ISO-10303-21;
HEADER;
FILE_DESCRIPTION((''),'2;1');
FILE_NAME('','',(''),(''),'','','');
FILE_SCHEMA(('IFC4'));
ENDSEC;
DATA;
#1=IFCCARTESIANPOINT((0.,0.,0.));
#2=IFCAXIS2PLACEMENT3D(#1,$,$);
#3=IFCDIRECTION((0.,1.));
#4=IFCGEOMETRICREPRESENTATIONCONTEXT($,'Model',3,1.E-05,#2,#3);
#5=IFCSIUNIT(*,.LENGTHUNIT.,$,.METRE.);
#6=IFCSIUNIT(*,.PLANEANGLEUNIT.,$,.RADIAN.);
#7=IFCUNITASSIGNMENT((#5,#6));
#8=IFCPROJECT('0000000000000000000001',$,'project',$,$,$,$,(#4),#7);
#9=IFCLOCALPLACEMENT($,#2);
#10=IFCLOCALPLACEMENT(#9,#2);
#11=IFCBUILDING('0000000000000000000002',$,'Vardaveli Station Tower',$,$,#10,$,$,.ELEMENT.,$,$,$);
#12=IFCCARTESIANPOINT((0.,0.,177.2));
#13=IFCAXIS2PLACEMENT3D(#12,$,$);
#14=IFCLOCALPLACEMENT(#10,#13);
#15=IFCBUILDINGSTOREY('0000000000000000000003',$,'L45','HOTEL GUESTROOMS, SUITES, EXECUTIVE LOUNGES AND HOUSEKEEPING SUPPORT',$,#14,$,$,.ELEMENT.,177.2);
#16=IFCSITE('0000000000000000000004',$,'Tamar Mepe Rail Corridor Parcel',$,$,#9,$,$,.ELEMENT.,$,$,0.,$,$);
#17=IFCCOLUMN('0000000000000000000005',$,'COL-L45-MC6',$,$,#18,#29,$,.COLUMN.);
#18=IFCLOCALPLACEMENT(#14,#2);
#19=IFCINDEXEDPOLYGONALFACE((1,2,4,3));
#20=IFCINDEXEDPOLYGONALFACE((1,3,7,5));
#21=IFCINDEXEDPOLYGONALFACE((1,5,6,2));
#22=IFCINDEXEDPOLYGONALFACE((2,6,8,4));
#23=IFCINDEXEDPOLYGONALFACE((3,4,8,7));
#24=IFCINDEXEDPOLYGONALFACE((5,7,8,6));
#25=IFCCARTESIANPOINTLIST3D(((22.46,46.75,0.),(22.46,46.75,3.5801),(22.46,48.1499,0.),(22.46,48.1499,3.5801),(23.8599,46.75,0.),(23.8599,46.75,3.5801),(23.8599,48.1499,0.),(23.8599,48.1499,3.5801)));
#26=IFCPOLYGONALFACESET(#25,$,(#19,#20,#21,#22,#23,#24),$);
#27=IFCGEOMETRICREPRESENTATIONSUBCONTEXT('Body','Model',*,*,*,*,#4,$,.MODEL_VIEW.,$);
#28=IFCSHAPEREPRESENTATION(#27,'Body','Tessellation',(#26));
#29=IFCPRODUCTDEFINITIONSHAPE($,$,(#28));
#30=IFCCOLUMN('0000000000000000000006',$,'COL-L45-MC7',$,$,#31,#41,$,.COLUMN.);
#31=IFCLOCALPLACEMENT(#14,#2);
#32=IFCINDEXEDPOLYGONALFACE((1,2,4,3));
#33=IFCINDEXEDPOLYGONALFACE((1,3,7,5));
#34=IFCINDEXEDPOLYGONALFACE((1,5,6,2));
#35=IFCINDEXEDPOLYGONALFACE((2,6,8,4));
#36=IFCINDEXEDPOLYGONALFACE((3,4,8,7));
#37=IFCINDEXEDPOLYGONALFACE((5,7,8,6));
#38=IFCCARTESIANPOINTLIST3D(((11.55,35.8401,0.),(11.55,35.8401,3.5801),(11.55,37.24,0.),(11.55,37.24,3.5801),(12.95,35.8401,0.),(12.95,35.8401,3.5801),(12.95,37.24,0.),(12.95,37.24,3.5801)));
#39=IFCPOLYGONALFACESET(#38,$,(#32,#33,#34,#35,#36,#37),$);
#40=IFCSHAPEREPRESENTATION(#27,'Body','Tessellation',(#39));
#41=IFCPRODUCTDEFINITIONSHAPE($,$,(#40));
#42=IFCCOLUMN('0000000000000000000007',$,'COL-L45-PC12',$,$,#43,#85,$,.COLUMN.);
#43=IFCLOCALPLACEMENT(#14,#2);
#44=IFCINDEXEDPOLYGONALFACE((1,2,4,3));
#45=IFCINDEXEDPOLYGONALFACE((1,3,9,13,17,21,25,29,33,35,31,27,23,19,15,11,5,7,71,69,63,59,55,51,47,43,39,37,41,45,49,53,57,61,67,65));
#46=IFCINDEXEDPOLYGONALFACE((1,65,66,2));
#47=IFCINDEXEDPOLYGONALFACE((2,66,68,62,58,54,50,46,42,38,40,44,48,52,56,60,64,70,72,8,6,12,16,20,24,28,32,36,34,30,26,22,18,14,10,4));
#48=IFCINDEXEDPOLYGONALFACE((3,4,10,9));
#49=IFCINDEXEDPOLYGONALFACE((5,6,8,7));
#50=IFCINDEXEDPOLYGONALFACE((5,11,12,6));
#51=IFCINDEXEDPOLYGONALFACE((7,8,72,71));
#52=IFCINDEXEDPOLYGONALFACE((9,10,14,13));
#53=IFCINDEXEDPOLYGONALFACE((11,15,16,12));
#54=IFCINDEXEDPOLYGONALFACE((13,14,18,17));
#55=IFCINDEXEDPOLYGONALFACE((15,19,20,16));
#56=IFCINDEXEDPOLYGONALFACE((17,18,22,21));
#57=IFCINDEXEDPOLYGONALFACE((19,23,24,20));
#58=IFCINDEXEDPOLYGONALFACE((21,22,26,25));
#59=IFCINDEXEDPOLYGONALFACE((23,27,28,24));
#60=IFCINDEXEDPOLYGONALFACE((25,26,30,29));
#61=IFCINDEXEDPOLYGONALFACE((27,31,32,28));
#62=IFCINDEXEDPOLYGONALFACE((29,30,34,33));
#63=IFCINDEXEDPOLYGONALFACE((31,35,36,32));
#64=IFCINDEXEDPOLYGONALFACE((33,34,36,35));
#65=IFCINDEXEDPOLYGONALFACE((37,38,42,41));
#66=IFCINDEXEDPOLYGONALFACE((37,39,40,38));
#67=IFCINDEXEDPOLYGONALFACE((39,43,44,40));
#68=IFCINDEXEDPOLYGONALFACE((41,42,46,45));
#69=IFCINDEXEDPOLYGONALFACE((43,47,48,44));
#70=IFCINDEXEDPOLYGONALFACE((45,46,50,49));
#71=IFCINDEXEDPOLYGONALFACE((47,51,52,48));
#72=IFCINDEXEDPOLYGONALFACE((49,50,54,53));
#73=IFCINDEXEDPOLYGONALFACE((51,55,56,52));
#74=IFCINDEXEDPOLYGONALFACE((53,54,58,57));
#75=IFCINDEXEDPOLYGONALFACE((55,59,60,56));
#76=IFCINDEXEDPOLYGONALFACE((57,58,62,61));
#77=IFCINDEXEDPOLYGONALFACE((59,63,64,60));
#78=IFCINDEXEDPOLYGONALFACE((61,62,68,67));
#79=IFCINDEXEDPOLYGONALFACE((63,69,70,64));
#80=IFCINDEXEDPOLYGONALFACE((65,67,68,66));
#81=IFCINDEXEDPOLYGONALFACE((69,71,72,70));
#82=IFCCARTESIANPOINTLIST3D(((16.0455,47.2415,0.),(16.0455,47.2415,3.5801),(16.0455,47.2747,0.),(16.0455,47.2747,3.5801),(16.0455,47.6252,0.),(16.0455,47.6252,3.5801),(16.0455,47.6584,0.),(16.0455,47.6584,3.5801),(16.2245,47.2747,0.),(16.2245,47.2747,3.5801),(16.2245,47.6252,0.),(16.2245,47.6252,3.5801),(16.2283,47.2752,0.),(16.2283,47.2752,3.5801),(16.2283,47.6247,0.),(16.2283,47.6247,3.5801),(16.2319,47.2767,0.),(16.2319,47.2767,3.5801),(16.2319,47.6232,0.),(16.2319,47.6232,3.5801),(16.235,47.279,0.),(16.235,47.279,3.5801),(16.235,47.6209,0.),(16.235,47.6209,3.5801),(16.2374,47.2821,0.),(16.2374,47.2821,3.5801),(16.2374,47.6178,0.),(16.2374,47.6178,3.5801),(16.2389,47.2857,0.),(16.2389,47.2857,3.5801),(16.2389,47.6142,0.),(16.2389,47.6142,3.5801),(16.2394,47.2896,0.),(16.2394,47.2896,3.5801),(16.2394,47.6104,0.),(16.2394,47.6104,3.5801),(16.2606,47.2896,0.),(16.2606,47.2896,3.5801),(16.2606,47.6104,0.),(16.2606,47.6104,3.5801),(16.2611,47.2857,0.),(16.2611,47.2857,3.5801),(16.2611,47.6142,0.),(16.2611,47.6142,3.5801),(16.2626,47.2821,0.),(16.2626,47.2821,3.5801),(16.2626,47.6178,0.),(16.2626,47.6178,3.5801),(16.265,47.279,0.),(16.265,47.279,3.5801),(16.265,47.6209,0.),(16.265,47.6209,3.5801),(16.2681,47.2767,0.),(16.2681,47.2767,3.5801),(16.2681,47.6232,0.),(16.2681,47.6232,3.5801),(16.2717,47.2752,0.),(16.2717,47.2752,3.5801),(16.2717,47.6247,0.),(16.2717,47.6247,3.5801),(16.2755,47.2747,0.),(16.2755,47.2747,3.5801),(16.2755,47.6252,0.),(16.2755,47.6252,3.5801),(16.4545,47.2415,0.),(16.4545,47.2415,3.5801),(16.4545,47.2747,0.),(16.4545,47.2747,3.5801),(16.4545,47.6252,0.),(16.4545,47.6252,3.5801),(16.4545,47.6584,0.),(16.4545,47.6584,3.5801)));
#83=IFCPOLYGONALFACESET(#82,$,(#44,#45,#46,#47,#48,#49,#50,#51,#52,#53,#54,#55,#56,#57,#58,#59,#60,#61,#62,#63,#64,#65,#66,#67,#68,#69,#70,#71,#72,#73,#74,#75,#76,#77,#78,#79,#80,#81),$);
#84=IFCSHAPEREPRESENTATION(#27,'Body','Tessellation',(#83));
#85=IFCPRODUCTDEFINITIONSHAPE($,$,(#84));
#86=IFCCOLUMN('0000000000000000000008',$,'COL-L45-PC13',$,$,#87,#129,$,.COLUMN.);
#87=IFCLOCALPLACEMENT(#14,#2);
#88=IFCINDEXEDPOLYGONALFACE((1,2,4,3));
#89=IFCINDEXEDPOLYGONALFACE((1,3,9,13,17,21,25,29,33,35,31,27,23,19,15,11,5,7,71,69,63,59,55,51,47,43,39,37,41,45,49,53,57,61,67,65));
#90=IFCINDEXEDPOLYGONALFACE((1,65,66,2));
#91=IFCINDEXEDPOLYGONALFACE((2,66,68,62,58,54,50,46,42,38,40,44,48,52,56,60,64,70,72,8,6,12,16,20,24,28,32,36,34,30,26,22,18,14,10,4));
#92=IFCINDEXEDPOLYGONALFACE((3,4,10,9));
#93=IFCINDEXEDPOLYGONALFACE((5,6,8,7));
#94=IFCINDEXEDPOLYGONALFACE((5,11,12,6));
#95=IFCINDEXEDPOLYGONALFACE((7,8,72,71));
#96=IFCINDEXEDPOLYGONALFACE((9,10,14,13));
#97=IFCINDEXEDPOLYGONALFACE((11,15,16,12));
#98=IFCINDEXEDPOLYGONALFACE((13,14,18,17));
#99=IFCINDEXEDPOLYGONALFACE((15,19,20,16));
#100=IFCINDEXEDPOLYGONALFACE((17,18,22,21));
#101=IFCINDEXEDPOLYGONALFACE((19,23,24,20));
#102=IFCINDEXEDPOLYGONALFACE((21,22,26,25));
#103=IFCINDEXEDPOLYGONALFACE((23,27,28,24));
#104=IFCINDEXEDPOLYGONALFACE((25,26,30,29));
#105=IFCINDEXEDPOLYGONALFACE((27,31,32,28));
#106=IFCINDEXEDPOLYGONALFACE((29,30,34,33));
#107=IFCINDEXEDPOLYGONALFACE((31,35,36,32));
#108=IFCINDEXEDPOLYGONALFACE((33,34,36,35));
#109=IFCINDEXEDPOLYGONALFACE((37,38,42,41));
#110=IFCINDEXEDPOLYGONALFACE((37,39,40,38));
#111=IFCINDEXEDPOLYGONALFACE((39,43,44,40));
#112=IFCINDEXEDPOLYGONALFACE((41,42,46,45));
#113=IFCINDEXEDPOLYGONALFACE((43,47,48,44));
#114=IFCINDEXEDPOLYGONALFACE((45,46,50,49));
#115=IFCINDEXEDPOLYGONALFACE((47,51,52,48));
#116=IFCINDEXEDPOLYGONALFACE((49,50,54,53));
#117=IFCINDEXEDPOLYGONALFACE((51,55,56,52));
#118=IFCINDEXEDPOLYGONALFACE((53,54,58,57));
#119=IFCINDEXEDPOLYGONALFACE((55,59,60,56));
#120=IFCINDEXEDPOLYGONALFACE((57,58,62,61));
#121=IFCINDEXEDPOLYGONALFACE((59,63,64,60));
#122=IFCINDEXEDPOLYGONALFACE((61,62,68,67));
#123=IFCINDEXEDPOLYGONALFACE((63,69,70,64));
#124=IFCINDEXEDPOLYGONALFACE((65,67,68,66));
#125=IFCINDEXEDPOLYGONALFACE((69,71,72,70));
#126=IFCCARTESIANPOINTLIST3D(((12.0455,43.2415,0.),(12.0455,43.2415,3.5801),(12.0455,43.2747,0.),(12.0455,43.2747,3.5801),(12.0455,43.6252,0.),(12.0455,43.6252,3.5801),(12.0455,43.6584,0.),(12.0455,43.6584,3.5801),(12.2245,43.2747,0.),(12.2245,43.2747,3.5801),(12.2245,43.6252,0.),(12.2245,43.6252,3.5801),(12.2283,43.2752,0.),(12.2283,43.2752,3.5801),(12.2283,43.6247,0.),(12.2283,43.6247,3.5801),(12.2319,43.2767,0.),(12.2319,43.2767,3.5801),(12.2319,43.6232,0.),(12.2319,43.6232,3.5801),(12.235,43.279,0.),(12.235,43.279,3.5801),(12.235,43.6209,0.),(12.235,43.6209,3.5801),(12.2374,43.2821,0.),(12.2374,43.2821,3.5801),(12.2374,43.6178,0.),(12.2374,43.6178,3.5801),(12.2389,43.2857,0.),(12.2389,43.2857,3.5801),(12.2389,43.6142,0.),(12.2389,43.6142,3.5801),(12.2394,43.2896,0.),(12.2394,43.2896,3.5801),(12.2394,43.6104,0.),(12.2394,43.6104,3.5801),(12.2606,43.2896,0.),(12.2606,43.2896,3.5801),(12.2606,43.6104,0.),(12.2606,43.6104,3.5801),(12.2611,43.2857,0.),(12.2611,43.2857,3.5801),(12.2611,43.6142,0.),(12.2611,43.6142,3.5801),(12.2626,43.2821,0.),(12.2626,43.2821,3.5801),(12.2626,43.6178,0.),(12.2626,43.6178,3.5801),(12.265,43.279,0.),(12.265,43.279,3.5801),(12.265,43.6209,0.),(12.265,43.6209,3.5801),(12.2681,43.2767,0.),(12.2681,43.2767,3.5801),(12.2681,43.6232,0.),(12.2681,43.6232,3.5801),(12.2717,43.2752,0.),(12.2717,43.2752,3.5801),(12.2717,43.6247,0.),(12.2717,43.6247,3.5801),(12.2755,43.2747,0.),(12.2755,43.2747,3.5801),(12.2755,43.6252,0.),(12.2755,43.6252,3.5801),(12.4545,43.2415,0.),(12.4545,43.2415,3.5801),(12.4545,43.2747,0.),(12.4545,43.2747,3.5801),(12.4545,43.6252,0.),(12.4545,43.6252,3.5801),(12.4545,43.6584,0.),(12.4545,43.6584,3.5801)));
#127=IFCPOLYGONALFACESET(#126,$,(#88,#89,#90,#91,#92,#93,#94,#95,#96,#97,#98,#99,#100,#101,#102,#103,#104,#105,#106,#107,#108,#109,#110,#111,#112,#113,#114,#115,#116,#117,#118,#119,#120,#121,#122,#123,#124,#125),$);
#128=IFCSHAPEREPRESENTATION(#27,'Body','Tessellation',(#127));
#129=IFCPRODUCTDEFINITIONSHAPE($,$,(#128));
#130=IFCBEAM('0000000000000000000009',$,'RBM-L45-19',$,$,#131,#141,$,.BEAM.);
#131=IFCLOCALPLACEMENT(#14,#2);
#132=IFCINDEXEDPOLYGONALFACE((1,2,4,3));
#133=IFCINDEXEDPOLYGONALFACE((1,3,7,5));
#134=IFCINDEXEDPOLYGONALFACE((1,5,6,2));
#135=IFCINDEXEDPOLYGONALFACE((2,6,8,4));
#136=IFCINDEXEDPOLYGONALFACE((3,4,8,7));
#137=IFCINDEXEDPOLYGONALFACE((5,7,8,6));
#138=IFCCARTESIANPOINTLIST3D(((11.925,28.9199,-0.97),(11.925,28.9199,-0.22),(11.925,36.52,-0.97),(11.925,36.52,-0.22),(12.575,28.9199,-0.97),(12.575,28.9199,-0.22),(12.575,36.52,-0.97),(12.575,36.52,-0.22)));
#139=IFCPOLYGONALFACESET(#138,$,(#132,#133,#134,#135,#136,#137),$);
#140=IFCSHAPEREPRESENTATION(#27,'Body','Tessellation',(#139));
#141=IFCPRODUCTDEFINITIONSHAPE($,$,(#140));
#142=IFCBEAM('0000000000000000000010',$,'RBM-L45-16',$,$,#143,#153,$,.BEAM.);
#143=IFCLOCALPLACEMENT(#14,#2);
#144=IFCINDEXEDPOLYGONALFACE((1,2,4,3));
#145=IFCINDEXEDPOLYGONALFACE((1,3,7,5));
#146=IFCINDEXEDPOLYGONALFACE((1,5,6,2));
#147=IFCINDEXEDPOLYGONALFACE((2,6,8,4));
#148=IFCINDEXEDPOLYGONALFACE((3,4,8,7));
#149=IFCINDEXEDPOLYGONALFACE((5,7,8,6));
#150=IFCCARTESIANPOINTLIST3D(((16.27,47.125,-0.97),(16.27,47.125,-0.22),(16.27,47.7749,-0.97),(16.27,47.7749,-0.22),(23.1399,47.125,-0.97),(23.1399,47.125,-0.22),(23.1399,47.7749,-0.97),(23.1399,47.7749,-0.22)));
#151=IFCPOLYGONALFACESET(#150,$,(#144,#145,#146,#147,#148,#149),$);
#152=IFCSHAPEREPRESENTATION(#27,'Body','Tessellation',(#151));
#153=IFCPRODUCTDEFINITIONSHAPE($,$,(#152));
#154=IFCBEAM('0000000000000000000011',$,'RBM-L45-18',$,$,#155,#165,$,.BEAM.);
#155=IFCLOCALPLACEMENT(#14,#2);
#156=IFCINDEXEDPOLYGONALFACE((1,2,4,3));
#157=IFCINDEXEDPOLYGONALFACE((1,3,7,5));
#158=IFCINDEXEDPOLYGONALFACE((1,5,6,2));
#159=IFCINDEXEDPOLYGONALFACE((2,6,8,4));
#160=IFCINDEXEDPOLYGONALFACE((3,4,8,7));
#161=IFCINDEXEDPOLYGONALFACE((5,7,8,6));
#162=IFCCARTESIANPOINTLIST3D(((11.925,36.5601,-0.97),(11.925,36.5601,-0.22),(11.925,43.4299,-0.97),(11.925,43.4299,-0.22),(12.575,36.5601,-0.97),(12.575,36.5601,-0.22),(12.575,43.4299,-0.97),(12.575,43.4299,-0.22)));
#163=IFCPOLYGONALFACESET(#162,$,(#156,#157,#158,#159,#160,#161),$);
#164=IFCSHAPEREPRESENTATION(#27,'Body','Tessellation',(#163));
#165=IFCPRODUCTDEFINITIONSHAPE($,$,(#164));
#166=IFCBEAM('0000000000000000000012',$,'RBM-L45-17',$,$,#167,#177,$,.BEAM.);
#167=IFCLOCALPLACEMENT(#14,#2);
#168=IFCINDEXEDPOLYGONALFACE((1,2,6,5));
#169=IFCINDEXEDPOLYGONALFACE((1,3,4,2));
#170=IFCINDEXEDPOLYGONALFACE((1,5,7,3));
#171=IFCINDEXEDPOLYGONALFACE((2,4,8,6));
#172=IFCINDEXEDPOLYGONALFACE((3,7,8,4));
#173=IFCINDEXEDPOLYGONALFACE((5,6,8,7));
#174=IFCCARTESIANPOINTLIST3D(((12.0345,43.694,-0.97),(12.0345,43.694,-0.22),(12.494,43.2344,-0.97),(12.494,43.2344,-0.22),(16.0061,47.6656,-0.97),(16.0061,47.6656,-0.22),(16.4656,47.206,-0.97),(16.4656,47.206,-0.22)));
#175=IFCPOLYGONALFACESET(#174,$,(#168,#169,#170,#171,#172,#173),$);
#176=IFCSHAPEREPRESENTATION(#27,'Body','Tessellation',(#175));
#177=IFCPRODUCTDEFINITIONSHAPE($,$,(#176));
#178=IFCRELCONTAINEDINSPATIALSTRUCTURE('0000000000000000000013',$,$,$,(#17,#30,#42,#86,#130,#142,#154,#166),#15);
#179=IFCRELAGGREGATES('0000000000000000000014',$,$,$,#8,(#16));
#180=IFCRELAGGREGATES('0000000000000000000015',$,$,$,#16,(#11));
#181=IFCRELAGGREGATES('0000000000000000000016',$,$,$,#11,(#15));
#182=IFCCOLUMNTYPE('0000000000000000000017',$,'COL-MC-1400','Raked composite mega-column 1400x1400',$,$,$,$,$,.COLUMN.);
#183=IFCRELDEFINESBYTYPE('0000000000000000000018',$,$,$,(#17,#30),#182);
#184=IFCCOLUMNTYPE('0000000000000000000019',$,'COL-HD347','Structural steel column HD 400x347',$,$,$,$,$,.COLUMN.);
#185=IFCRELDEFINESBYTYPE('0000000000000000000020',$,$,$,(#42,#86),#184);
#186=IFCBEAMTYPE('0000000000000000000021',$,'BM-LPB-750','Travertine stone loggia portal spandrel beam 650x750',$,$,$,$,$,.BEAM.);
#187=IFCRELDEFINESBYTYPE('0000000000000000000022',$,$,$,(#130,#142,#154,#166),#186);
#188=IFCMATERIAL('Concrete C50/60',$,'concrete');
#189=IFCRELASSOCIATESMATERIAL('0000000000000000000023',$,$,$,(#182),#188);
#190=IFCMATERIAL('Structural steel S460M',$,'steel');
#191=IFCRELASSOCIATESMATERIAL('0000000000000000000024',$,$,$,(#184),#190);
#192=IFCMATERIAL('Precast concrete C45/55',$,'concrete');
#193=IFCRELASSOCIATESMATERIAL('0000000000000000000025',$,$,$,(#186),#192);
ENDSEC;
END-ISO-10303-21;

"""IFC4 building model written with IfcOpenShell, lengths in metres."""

from ifc_helpers import new_model, si_unit, direction, frame, origin, origin_2d, place, context, subcontext, project, spatial, rectangle, i_section, extrude, source, transform, mapped, material, material_profile, profile_set, type_object, element, save


model = new_model("IFC4")

# Units and contexts
model_context = context("Model", 3, precision=1e-05, world=origin(), true_north=direction((0.0, 1.0)))
body_context = subcontext(model_context, "Body", "Model", "MODEL_VIEW")
ifc_project = project(units=[si_unit("LENGTHUNIT", "METRE"), si_unit("PLANEANGLEUNIT", "RADIAN")], contexts=[model_context])

# Site, building, storey
site_placement = place(None, origin())
site = spatial("IfcSite", under=ifc_project, at=site_placement, Name="Tamar Mepe Rail Corridor Parcel", CompositionType="ELEMENT", RefElevation=0.0)
building_placement = place(site_placement, origin())
building = spatial("IfcBuilding", under=site, at=building_placement, Name="Vardaveli Station Tower", CompositionType="ELEMENT")
storey_placement = place(building_placement, frame((0.0, 0.0, 177.2)))
storey = spatial("IfcBuildingStorey", under=building, at=storey_placement, Name="L45", Description="HOTEL GUESTROOMS, SUITES, EXECUTIVE LOUNGES AND HOUSEKEEPING SUPPORT", CompositionType="ELEMENT", Elevation=177.2)

# Columns
ifc_material_1 = material(Name="Concrete C50/60", Category="concrete")
ifc_material_profile_1 = material_profile(ifc_material_1, rectangle(XDim=1.3999, YDim=1.3999, at=origin_2d()), Name="MC 1400x1400")
ifc_profile_set_1 = profile_set([ifc_material_profile_1], Name="Concrete C50/60")
column_type_1 = type_object("IfcColumnType", Name="COL-MC-1400", Description="Raked composite mega-column 1400x1400", PredefinedType="COLUMN", material=ifc_profile_set_1)
shared_shape_1 = source(origin(), body_context, "Body", "SweptSolid", [
    extrude(rectangle(XDim=1.3999, YDim=1.3999, at=origin_2d()), origin(), (0.0, 0.0, 1.0), 3.5801),
])
for number, where, z_axis, x_axis, name in (
    (1, (23.1599, 47.45, 0.0), (0.0, 0.0, 1.0), (1.0, 0.0, 0.0), "COL-L45-MC6"),
    (2, (12.25, 36.54, 0.0), (0.0, 0.0, 1.0), (1.0, 0.0, 0.0), "COL-L45-MC7"),
):
    element("IfcColumn", number, at=place(storey_placement, frame(where, z_axis=z_axis, x_axis=x_axis)), inside=storey, type_object=column_type_1, Name=name, PredefinedType="COLUMN", context=body_context, shape_type="MappedRepresentation", body=[
        mapped(shared_shape_1, transform((0.0, 0.0, 0.0), scale=1.0)),
    ])
ifc_material_2 = material(Name="Structural steel S460M", Category="steel")
ifc_material_profile_2 = material_profile(ifc_material_2, i_section(OverallWidth=0.4089, OverallDepth=0.417, WebThickness=0.0212, FlangeThickness=0.0332, FilletRadius=0.0149, at=origin_2d()), Name="HD 400x347")
ifc_profile_set_2 = profile_set([ifc_material_profile_2], Name="Structural steel S460M")
column_type_2 = type_object("IfcColumnType", Name="COL-HD347", Description="Structural steel column HD 400x347", PredefinedType="COLUMN", material=ifc_profile_set_2)
shared_shape_2 = source(origin(), body_context, "Body", "SweptSolid", [
    extrude(i_section(OverallWidth=0.4089, OverallDepth=0.417, WebThickness=0.0212, FlangeThickness=0.0332, FilletRadius=0.0149, at=origin_2d()), origin(), (0.0, 0.0, 1.0), 3.5801),
])
for number, where, z_axis, x_axis, name in (
    (3, (16.25, 47.45, 0.0), (0.0, 0.0, 1.0), (1.0, 0.0, 0.0), "COL-L45-PC12"),
    (4, (12.25, 43.45, 0.0), (0.0, 0.0, 1.0), (1.0, 0.0, 0.0), "COL-L45-PC13"),
):
    element("IfcColumn", number, at=place(storey_placement, frame(where, z_axis=z_axis, x_axis=x_axis)), inside=storey, type_object=column_type_2, Name=name, PredefinedType="COLUMN", context=body_context, shape_type="MappedRepresentation", body=[
        mapped(shared_shape_2, transform((0.0, 0.0, 0.0), scale=1.0)),
    ])

# Beams
ifc_material_3 = material(Name="Precast concrete C45/55", Category="concrete")
ifc_material_profile_3 = material_profile(ifc_material_3, rectangle(XDim=0.6499, YDim=0.75, at=origin_2d()), Name="LPB 650x750")
ifc_profile_set_3 = profile_set([ifc_material_profile_3], Name="Precast concrete C45/55")
beam_type = type_object("IfcBeamType", Name="BM-LPB-750", Description="Travertine stone loggia portal spandrel beam 650x750", PredefinedType="BEAM", material=ifc_profile_set_3)
shared_shape_3 = source(origin(), body_context, "Body", "SweptSolid", [
    extrude(rectangle(XDim=0.6499, YDim=0.75, at=origin_2d()), origin(), (0.0, 0.0, 1.0), 7.6001),
])
beam_1_placement = place(storey_placement, frame((12.25, 36.52, -0.595), z_axis=(0.0, -1.0, 0.0), x_axis=(1.0, 0.0, 0.0)))
element("IfcBeam", 5, at=beam_1_placement, inside=storey, type_object=beam_type, Name="RBM-L45-19", PredefinedType="BEAM", context=body_context, shape_type="MappedRepresentation", body=[
    mapped(shared_shape_3, transform((0.0, 0.0, 0.0), scale=1.0)),
])
shared_shape_4 = source(origin(), body_context, "Body", "SweptSolid", [
    extrude(rectangle(XDim=0.6499, YDim=0.75, at=origin_2d()), origin(), (0.0, 0.0, 1.0), 6.8699),
])
for number, where, z_axis, x_axis, name in (
    (6, (23.1399, 47.45, -0.595), (-1.0, 0.0, 0.0), (0.0, -1.0, 0.0), "RBM-L45-16"),
    (7, (12.25, 43.4299, -0.595), (0.0, -1.0, 0.0), (1.0, 0.0, 0.0), "RBM-L45-18"),
):
    element("IfcBeam", number, at=place(storey_placement, frame(where, z_axis=z_axis, x_axis=x_axis)), inside=storey, type_object=beam_type, Name=name, PredefinedType="BEAM", context=body_context, shape_type="MappedRepresentation", body=[
        mapped(shared_shape_4, transform((0.0, 0.0, 0.0), scale=1.0)),
    ])
shared_shape_5 = source(origin(), body_context, "Body", "SweptSolid", [
    extrude(rectangle(XDim=0.6499, YDim=0.75, at=origin_2d()), origin(), (0.0, 0.0, 1.0), 5.6167),
])
beam_2_placement = place(storey_placement, frame((16.2358, 47.4358, -0.595), z_axis=(-0.707107, -0.707107, 0.0), x_axis=(0.707107, -0.707107, 0.0)))
element("IfcBeam", 8, at=beam_2_placement, inside=storey, type_object=beam_type, Name="RBM-L45-17", PredefinedType="BEAM", context=body_context, shape_type="MappedRepresentation", body=[
    mapped(shared_shape_5, transform((0.0, 0.0, 0.0), scale=1.0)),
])

save(model, "model.ifc")
